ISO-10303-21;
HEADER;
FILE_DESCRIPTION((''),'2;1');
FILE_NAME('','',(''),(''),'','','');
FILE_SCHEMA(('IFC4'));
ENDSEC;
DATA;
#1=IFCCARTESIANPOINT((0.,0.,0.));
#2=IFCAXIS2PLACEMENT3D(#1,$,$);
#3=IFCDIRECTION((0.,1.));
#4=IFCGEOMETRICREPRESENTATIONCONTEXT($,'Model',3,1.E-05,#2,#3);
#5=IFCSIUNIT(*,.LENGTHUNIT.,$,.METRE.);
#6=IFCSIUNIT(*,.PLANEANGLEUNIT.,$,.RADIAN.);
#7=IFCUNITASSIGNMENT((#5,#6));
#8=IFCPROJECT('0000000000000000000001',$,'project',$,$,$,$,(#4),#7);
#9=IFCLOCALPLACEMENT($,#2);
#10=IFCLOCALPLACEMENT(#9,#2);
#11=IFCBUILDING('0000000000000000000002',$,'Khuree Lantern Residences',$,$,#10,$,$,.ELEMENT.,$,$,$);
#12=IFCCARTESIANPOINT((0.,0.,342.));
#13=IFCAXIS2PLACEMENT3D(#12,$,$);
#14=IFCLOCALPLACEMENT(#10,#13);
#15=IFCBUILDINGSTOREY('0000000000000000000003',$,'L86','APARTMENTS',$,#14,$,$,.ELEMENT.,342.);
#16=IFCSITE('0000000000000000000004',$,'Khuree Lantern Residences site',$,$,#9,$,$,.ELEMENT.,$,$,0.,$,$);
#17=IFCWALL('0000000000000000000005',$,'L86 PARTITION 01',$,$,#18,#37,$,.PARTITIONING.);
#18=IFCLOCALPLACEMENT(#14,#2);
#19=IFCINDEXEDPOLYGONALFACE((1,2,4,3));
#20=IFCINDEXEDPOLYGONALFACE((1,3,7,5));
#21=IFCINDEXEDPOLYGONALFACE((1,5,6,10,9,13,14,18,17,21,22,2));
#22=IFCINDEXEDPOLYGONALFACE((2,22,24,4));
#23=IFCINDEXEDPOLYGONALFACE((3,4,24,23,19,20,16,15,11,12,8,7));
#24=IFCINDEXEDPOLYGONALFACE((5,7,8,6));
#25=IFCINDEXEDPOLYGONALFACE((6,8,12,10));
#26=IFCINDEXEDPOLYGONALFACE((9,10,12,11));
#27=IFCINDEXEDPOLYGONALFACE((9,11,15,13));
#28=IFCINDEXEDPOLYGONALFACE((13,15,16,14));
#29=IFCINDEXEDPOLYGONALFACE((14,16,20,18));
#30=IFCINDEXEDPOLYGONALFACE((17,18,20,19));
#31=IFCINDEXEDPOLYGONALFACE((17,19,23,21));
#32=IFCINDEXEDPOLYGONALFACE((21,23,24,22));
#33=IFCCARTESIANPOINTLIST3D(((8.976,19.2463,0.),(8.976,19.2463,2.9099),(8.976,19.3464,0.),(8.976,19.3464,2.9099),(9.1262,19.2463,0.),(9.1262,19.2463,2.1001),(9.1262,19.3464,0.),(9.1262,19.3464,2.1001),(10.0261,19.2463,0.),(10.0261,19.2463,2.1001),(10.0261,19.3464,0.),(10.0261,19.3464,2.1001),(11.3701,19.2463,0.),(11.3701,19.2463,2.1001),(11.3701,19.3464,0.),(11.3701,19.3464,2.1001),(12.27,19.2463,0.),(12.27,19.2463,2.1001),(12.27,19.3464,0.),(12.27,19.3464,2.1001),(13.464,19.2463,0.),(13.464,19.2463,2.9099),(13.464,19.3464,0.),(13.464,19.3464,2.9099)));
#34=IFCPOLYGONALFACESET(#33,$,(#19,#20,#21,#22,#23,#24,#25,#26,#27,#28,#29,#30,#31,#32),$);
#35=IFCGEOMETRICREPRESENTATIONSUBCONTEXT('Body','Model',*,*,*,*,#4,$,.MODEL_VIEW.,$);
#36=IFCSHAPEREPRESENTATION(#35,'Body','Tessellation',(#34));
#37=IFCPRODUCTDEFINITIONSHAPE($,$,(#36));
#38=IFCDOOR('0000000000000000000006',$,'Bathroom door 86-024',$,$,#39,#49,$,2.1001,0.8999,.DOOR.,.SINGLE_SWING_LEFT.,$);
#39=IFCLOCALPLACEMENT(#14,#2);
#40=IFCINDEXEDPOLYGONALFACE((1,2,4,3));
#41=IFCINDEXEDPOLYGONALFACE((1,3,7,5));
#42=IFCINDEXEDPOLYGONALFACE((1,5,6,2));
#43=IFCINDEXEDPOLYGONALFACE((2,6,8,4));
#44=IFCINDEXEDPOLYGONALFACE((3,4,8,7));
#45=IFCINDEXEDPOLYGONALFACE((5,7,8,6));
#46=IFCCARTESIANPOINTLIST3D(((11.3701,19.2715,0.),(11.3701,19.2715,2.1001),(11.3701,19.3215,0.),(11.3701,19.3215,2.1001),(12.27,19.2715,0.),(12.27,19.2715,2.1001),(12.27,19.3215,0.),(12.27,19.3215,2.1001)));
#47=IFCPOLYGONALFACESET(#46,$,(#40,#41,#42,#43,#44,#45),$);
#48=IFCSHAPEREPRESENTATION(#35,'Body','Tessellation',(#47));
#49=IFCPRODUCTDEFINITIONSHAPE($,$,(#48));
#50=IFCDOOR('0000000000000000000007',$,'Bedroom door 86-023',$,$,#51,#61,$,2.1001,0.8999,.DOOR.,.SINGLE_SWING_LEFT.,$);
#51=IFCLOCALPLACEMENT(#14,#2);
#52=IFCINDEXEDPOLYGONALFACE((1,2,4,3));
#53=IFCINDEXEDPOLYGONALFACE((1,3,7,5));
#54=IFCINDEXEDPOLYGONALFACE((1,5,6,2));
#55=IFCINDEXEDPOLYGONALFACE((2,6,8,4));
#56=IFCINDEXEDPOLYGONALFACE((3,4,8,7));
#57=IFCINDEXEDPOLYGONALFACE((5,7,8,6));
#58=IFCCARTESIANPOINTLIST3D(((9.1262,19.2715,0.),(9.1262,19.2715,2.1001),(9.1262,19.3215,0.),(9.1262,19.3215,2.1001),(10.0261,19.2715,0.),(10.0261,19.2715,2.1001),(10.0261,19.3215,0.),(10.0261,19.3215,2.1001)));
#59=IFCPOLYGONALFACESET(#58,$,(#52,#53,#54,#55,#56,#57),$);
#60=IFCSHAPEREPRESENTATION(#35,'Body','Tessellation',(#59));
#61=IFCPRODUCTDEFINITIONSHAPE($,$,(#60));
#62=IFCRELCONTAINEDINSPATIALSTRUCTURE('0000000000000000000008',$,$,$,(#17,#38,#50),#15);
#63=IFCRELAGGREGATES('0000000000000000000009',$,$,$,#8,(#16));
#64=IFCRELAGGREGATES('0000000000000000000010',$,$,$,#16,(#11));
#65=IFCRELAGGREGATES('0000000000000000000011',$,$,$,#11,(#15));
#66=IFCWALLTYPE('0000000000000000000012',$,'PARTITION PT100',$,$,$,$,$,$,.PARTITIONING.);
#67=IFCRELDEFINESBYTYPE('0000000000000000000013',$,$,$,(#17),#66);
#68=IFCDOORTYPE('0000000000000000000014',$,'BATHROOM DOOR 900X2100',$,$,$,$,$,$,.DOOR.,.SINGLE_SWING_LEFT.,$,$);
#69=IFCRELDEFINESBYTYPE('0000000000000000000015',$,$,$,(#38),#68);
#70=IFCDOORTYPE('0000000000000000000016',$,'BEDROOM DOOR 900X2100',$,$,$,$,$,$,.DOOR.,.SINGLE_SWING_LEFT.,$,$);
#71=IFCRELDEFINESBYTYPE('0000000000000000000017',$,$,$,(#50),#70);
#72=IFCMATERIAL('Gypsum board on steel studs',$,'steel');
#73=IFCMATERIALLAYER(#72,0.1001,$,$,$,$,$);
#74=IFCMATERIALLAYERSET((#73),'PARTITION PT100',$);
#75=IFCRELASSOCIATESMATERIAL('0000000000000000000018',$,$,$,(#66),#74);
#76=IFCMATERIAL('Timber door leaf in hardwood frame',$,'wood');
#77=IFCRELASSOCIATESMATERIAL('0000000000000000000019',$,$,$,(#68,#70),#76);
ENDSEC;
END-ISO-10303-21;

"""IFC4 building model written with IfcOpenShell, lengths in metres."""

from ifc_helpers import new_model, si_unit, direction, frame, frame_2d, origin, place, context, subcontext, project, spatial, rectangle, extrude, material, layer, layer_set, type_object, element, fill, save


model = new_model("IFC4")

# Units and contexts
model_context = context("Model", 3, precision=1e-05, world=origin(), true_north=direction((0.0, 1.0)))
body_context = subcontext(model_context, "Body", "Model", "MODEL_VIEW")
ifc_project = project(units=[si_unit("LENGTHUNIT", "METRE"), si_unit("PLANEANGLEUNIT", "RADIAN")], contexts=[model_context])

# Site, building, storey
site_placement = place(None, origin())
site = spatial("IfcSite", under=ifc_project, at=site_placement, Name="Khuree Lantern Residences site", CompositionType="ELEMENT", RefElevation=0.0)
building_placement = place(site_placement, origin())
building = spatial("IfcBuilding", under=site, at=building_placement, Name="Khuree Lantern Residences", CompositionType="ELEMENT")
storey_placement = place(building_placement, frame((0.0, 0.0, 342.0)))
storey = spatial("IfcBuildingStorey", under=building, at=storey_placement, Name="L86", Description="APARTMENTS", CompositionType="ELEMENT", Elevation=342.0)

# Wall, openings, doors
ifc_material_1 = material(Name="Gypsum board on steel studs", Category="steel")
ifc_layer_1 = layer(ifc_material_1, 0.1001)
ifc_layer_set_1 = layer_set([ifc_layer_1], Name="PARTITION PT100")
wall_type = type_object("IfcWallType", Name="PARTITION PT100", PredefinedType="PARTITIONING", material=ifc_layer_set_1)
wall_placement = place(storey_placement, frame((13.4641, 19.2964, 0.0), z_axis=(0.0, 0.0, 1.0), x_axis=(-1.0, 0.0, 0.0)))
wall = element("IfcWall", 1, at=wall_placement, inside=storey, type_object=wall_type, Name="L86 PARTITION 01", PredefinedType="PARTITIONING", context=body_context, shape_type="SweptSolid", body=[
    extrude(rectangle(XDim=4.488, YDim=0.1001, at=frame_2d((2.2441, 0.0))), origin(), (0.0, 0.0, 1.0), 2.9099),
])
opening_1_placement = place(wall_placement, frame((3.438, 0.0, 0.0)))
opening_1 = element("IfcOpeningElement", 2, at=opening_1_placement, cuts=wall, PredefinedType="OPENING", context=body_context, shape_type="SweptSolid", body=[
    extrude(rectangle(XDim=0.8999, YDim=2.1001, at=frame_2d((0.45, 1.05))), frame((0.0, 0.0601, 0.0), z_axis=(0.0, -1.0, 0.0), x_axis=(1.0, 0.0, 0.0)), (0.0, 0.0, 1.0), 0.1201),
])
opening_2_placement = place(wall_placement, frame((1.1941, 0.0, 0.0)))
opening_2 = element("IfcOpeningElement", 3, at=opening_2_placement, cuts=wall, PredefinedType="OPENING", context=body_context, shape_type="SweptSolid", body=[
    extrude(rectangle(XDim=0.8999, YDim=2.1001, at=frame_2d((0.45, 1.05))), frame((0.0, 0.0601, 0.0), z_axis=(0.0, -1.0, 0.0), x_axis=(1.0, 0.0, 0.0)), (0.0, 0.0, 1.0), 0.1201),
])
ifc_material_2 = material(Name="Timber door leaf in hardwood frame", Category="wood")
door_type_1 = type_object("IfcDoorType", Name="BATHROOM DOOR 900X2100", OperationType="SINGLE_SWING_LEFT", PredefinedType="DOOR", material=ifc_material_2)
door_1_placement = place(opening_2_placement, origin())
door_1 = element("IfcDoor", 4, at=door_1_placement, inside=storey, type_object=door_type_1, Name="Bathroom door 86-024", OperationType="SINGLE_SWING_LEFT", OverallHeight=2.1001, OverallWidth=0.8999, PredefinedType="DOOR", context=body_context, shape_type="SweptSolid", body=[
    extrude(rectangle(XDim=0.8999, YDim=2.1001, at=frame_2d((0.45, 1.05))), frame((0.0, 0.0249, 0.0), z_axis=(0.0, -1.0, 0.0), x_axis=(1.0, 0.0, 0.0)), (0.0, 0.0, 1.0), 0.05),
])
fill(opening_2, door_1)
door_type_2 = type_object("IfcDoorType", Name="BEDROOM DOOR 900X2100", OperationType="SINGLE_SWING_LEFT", PredefinedType="DOOR", material=ifc_material_2)
door_2_placement = place(opening_1_placement, origin())
door_2 = element("IfcDoor", 5, at=door_2_placement, inside=storey, type_object=door_type_2, Name="Bedroom door 86-023", OperationType="SINGLE_SWING_LEFT", OverallHeight=2.1001, OverallWidth=0.8999, PredefinedType="DOOR", context=body_context, shape_type="SweptSolid", body=[
    extrude(rectangle(XDim=0.8999, YDim=2.1001, at=frame_2d((0.45, 1.05))), frame((0.0, 0.0249, 0.0), z_axis=(0.0, -1.0, 0.0), x_axis=(1.0, 0.0, 0.0)), (0.0, 0.0, 1.0), 0.05),
])
fill(opening_1, door_2)

save(model, "model.ifc")
